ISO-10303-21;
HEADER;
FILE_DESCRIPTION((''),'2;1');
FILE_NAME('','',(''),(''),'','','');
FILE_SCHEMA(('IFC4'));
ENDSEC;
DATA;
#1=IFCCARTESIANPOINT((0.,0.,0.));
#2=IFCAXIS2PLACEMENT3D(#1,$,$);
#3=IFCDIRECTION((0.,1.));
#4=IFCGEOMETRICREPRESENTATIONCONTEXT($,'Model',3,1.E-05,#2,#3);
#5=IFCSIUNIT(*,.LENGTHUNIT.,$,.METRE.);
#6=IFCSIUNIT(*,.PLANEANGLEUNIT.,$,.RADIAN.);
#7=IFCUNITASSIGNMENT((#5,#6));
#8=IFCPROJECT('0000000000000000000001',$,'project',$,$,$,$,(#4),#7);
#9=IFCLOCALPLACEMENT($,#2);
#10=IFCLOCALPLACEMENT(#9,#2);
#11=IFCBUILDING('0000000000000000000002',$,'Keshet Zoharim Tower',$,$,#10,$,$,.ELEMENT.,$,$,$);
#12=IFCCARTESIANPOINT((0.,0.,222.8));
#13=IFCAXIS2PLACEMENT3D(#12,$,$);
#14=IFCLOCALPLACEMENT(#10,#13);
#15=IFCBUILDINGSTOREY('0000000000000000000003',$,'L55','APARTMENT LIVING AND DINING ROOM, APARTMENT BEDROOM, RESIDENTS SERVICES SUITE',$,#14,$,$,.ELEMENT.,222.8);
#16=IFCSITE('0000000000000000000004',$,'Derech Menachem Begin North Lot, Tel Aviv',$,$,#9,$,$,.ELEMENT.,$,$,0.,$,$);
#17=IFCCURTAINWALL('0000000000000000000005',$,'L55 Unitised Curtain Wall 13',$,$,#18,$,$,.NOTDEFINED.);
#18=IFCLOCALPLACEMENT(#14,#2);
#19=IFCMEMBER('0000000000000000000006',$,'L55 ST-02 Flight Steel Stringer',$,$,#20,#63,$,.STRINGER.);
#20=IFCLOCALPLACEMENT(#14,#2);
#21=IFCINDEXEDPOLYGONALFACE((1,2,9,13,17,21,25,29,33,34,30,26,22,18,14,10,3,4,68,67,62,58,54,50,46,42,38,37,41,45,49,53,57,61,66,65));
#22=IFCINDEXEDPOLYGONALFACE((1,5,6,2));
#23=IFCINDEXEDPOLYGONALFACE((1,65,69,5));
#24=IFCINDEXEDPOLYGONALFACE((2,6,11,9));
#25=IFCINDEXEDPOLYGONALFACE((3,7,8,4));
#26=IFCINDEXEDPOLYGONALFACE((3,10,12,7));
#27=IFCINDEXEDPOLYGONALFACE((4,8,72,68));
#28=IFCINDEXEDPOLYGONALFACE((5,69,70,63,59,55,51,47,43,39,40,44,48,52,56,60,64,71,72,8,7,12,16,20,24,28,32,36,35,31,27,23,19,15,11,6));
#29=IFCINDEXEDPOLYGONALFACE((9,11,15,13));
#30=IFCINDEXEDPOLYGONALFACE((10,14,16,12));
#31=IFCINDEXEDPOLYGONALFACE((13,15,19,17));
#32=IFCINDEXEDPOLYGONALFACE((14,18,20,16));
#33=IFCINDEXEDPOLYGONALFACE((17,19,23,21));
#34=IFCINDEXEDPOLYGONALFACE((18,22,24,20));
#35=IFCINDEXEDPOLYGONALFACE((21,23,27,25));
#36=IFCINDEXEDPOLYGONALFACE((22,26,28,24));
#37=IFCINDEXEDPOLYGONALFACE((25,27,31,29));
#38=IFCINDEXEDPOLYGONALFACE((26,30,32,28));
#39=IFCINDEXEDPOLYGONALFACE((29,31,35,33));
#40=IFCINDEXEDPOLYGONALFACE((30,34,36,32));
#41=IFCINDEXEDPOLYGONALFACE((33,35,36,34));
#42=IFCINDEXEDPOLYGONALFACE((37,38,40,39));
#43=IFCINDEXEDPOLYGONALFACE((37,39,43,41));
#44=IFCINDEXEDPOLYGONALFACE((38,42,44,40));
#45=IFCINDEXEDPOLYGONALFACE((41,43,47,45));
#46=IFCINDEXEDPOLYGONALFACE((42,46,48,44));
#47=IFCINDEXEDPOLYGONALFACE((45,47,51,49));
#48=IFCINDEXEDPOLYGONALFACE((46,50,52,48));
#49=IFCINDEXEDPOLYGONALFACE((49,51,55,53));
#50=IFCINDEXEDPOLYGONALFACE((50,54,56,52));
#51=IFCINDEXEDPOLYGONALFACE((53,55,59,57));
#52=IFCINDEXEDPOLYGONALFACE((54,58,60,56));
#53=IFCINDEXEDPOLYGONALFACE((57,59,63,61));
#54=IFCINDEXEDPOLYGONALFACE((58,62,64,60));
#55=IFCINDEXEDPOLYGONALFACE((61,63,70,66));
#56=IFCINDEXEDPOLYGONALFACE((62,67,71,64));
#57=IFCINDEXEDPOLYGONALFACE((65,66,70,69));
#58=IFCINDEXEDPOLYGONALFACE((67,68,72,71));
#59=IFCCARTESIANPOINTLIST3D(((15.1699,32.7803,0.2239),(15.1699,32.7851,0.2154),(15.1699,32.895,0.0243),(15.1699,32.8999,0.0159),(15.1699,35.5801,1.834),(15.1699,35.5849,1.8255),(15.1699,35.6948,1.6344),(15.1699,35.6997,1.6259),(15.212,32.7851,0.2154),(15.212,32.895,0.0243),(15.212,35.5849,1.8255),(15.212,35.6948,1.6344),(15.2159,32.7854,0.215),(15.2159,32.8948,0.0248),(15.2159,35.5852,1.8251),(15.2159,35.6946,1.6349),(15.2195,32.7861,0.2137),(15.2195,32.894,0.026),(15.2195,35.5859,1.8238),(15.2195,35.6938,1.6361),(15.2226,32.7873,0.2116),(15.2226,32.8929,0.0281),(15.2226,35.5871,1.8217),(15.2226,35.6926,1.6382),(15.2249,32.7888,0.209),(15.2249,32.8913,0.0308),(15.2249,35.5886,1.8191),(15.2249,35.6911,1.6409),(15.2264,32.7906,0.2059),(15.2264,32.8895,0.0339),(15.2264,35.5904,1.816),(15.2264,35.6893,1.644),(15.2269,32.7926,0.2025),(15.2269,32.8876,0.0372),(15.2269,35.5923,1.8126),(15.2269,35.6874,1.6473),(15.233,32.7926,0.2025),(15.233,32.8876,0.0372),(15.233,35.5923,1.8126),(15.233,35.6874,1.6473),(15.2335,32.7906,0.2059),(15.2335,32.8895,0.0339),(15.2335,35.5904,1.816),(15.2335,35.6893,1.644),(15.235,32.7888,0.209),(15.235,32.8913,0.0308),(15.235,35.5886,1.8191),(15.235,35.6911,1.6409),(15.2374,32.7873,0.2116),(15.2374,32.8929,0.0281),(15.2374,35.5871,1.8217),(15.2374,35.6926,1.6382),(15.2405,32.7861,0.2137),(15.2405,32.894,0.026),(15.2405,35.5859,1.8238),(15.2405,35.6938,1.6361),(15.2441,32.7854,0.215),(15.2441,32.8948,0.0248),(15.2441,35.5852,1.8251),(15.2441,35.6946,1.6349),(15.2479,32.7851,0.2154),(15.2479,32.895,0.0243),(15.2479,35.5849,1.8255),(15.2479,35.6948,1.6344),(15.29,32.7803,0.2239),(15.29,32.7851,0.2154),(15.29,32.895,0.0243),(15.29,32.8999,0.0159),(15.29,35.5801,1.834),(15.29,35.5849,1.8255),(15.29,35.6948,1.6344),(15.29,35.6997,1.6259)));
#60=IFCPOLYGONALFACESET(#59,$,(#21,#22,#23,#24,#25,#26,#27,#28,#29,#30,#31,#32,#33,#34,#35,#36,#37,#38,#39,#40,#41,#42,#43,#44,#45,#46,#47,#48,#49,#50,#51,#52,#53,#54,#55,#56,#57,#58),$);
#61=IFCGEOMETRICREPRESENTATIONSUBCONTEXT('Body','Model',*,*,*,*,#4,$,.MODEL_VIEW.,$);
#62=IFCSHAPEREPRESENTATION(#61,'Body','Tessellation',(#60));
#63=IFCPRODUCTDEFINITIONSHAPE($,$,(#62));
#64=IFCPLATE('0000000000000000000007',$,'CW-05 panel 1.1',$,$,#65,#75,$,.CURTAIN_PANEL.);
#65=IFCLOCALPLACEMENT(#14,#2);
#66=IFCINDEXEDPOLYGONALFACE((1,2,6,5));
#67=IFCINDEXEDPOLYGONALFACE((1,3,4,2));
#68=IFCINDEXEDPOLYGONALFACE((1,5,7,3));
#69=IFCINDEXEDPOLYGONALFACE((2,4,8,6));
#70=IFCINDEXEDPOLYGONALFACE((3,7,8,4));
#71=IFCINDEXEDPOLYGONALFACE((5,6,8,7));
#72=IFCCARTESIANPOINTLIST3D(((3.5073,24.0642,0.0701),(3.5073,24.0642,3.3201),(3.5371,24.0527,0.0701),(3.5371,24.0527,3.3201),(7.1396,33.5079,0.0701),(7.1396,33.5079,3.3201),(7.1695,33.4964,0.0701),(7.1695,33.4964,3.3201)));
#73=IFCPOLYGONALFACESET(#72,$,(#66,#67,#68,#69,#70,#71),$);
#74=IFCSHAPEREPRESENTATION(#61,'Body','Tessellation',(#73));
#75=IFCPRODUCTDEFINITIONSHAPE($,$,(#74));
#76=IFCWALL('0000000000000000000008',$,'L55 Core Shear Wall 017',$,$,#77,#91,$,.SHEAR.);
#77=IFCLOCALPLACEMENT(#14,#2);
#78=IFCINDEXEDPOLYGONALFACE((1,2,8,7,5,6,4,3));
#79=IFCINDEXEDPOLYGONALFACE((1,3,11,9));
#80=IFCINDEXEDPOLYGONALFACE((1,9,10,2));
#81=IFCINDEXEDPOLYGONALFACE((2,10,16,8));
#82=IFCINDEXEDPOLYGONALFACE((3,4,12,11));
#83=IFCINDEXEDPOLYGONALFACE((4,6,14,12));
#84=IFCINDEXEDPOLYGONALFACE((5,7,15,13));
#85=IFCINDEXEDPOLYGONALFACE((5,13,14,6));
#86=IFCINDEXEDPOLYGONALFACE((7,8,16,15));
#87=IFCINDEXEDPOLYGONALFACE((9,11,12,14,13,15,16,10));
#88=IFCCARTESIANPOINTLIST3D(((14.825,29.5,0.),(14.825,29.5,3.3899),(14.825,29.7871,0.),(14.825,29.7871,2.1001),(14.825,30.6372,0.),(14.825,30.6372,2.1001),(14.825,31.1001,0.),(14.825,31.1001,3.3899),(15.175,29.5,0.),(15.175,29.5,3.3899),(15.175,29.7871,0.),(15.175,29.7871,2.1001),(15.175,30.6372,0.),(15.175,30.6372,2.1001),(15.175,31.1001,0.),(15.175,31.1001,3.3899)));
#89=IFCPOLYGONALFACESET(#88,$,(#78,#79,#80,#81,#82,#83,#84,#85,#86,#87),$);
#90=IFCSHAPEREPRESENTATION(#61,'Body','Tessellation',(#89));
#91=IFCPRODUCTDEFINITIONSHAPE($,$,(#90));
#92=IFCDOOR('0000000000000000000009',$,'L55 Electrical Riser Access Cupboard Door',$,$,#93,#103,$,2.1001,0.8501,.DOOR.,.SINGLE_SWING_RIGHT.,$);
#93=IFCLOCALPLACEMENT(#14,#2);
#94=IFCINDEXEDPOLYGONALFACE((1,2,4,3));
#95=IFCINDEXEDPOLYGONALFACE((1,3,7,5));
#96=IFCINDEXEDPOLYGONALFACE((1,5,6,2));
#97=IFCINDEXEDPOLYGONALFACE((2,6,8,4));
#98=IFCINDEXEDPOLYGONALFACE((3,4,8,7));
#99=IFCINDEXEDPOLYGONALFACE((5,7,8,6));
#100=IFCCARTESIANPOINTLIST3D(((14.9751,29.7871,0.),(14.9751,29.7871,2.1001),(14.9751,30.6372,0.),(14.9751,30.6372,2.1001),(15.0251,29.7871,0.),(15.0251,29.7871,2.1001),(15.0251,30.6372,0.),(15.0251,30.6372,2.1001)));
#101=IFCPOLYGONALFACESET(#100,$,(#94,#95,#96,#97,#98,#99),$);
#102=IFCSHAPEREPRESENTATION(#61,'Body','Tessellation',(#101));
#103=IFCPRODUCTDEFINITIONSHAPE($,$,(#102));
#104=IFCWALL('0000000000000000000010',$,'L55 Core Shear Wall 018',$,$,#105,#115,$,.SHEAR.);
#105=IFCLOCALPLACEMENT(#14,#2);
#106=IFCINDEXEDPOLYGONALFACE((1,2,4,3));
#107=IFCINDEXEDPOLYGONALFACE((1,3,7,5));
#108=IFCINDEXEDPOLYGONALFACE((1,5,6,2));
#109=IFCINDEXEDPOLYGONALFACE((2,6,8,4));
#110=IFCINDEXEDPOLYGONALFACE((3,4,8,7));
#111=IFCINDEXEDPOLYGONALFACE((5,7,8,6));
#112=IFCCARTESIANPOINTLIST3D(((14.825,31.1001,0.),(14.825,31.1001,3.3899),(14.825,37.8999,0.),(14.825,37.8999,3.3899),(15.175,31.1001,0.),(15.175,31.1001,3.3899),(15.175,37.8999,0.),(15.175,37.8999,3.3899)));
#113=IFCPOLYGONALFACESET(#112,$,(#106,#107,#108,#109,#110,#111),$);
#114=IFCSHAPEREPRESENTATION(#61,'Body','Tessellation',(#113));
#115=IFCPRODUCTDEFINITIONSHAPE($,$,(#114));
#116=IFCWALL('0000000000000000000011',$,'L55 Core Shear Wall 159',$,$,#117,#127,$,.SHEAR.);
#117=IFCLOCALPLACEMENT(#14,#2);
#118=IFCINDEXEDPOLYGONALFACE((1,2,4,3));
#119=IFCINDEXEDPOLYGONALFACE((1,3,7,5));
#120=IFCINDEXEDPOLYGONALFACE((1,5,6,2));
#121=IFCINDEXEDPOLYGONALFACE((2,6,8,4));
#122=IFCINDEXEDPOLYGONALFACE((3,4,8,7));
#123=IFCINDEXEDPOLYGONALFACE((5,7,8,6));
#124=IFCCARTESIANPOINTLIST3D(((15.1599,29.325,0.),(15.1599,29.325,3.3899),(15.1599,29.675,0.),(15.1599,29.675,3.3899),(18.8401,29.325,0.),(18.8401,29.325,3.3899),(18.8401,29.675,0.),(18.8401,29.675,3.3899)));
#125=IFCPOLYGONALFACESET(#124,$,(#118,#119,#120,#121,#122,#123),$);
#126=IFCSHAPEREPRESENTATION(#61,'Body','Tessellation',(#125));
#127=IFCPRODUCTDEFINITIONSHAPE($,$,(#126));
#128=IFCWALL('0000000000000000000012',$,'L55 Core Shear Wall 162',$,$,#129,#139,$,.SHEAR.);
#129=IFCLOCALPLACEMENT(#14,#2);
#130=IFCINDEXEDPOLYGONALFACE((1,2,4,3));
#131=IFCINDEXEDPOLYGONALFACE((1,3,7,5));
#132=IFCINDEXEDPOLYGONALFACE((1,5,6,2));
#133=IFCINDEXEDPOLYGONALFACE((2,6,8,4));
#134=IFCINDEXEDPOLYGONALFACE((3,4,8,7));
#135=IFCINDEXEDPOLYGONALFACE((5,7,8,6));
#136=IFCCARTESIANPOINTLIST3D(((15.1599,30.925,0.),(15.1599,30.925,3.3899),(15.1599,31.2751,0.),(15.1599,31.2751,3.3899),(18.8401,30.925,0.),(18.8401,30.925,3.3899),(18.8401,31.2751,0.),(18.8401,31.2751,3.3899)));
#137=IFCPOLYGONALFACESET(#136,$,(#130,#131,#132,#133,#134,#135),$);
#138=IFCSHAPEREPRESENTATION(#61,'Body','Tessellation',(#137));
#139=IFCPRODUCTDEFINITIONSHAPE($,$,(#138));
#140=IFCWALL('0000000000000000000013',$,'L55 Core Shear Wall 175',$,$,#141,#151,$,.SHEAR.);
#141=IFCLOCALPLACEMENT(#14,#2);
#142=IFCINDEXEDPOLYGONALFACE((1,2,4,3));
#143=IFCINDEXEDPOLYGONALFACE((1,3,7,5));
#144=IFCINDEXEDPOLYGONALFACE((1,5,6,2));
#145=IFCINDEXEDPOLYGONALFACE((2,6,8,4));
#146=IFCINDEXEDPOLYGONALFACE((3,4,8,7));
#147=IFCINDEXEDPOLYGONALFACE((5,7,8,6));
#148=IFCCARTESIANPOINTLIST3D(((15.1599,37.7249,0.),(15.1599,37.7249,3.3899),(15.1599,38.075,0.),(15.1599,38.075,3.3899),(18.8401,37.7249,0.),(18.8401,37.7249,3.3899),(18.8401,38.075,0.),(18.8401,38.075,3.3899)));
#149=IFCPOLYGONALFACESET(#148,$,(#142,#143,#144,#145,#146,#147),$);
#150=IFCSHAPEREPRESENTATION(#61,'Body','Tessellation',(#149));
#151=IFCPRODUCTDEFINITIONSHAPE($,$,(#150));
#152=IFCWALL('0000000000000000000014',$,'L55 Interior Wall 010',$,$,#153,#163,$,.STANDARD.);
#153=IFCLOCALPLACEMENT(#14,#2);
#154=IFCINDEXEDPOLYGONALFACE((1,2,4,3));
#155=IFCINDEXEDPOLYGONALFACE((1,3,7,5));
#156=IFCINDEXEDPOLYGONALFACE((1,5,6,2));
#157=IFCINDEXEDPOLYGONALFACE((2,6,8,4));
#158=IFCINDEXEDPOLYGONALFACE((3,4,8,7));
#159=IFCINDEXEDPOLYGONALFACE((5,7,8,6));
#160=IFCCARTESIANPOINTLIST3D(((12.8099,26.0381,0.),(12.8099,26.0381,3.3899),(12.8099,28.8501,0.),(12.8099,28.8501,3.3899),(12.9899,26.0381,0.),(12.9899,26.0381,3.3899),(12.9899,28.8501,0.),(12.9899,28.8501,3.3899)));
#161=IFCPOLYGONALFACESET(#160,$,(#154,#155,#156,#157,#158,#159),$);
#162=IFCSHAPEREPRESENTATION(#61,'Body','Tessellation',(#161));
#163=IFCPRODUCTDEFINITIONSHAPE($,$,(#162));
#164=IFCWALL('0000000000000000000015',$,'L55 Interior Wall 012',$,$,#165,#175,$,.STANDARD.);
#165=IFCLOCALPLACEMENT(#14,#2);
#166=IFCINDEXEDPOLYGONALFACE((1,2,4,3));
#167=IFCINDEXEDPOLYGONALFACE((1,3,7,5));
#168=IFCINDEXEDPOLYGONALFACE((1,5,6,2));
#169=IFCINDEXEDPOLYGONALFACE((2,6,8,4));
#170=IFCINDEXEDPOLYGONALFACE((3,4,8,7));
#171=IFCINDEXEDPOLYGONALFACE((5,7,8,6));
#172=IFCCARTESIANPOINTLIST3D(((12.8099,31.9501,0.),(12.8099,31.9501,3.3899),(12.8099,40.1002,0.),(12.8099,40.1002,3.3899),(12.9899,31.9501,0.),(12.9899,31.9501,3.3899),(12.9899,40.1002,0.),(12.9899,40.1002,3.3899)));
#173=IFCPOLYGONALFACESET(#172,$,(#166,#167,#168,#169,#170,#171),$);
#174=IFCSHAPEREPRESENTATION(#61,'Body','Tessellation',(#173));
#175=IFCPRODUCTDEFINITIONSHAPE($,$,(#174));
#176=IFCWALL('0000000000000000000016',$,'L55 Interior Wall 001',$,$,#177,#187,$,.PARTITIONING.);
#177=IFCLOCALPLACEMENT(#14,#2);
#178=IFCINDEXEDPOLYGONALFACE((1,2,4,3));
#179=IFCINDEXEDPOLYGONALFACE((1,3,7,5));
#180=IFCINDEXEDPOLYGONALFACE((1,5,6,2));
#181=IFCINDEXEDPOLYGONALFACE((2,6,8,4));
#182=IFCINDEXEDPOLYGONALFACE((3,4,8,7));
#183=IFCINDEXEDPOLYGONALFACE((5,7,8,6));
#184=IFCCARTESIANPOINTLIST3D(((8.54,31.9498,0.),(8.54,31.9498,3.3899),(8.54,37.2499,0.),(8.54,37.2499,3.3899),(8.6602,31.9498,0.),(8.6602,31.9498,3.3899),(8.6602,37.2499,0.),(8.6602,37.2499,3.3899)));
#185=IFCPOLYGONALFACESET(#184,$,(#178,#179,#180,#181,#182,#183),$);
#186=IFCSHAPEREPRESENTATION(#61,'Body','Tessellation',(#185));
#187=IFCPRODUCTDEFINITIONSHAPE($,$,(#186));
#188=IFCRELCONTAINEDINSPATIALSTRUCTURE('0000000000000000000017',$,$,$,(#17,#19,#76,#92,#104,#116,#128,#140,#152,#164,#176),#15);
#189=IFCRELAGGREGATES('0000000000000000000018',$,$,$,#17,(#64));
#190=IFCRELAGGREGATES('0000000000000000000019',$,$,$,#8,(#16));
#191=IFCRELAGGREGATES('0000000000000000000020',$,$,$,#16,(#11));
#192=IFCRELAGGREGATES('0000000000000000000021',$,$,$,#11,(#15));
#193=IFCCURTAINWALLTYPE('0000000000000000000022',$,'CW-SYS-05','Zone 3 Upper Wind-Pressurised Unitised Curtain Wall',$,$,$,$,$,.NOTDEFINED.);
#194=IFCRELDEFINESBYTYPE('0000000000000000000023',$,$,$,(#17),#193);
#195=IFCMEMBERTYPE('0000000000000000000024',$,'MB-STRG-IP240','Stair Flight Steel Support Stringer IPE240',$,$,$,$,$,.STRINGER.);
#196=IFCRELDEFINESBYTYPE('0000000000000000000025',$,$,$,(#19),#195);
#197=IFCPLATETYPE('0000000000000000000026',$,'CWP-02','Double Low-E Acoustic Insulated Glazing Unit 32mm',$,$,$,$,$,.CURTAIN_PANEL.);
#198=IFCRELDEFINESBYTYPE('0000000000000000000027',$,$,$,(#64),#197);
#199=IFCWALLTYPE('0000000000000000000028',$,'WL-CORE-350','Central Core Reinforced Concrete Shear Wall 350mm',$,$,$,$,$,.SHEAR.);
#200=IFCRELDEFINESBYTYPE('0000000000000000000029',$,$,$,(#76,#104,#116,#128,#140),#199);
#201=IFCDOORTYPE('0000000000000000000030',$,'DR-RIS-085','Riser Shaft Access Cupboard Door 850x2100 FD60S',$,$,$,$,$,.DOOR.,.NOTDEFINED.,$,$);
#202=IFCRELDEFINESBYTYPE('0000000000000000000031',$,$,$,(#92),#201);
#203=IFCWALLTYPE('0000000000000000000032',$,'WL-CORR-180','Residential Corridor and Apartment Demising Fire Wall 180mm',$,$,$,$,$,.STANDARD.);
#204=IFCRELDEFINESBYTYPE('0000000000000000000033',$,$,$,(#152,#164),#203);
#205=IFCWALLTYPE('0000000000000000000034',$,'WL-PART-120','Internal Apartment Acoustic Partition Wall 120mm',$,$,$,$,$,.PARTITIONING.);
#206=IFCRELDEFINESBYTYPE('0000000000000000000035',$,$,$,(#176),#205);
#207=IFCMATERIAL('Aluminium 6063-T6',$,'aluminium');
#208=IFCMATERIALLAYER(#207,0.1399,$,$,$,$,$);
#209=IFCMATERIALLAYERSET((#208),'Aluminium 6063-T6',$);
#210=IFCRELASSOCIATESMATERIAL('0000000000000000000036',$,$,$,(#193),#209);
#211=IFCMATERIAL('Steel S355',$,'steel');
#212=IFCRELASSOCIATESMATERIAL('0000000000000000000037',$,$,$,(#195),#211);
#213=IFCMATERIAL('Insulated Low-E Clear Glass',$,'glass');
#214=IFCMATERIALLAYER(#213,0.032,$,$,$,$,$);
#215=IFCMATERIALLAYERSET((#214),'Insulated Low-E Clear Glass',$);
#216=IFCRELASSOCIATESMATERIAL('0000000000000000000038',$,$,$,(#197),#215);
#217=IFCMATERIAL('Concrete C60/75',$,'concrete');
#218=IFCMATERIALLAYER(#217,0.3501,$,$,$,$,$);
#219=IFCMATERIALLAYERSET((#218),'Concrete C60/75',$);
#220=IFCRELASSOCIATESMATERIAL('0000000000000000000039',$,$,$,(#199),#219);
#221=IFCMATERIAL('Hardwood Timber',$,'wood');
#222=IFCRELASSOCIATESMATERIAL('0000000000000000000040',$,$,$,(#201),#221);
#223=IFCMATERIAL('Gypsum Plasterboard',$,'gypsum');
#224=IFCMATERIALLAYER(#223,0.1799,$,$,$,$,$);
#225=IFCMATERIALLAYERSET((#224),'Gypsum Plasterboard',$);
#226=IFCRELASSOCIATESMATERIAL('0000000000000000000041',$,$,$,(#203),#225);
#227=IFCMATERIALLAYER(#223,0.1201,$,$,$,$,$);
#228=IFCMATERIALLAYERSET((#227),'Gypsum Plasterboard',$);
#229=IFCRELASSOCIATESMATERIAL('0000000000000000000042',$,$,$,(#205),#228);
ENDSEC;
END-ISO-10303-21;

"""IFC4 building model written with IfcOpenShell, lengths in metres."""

from ifc_helpers import new_model, si_unit, direction, frame, frame_2d, origin, origin_2d, place, context, subcontext, project, spatial, rectangle, i_section, extrude, material, layer, layer_set, material_profile, profile_set, type_object, element, fill, aggregate, save


model = new_model("IFC4")

# Units and contexts
model_context = context("Model", 3, precision=1e-05, world=origin(), true_north=direction((0.0, 1.0)))
body_context = subcontext(model_context, "Body", "Model", "MODEL_VIEW")
ifc_project = project(units=[si_unit("LENGTHUNIT", "METRE"), si_unit("PLANEANGLEUNIT", "RADIAN")], contexts=[model_context])

# Site, building, storey
site_placement = place(None, origin())
site = spatial("IfcSite", under=ifc_project, at=site_placement, Name="Derech Menachem Begin North Lot, Tel Aviv", CompositionType="ELEMENT", RefElevation=0.0)
building_placement = place(site_placement, origin())
building = spatial("IfcBuilding", under=site, at=building_placement, Name="Keshet Zoharim Tower", CompositionType="ELEMENT")
storey_placement = place(building_placement, frame((0.0, 0.0, 222.8)))
storey = spatial("IfcBuildingStorey", under=building, at=storey_placement, Name="L55", Description="APARTMENT LIVING AND DINING ROOM, APARTMENT BEDROOM, RESIDENTS SERVICES SUITE", CompositionType="ELEMENT", Elevation=222.8)

# Shared definitions
ifc_material_1 = material(Name="Steel S355", Category="steel")

# Curtain wall
ifc_material_2 = material(Name="Aluminium 6063-T6", Category="aluminium")
ifc_layer_1 = layer(ifc_material_2, 0.1399)
ifc_layer_set_1 = layer_set([ifc_layer_1], Name="Aluminium 6063-T6")
curtain_wall_type = type_object("IfcCurtainWallType", Name="CW-SYS-05", Description="Zone 3 Upper Wind-Pressurised Unitised Curtain Wall", PredefinedType="NOTDEFINED", material=ifc_layer_set_1)
curtain_wall_placement = place(storey_placement, origin())
curtain_wall = element("IfcCurtainWall", 1, at=curtain_wall_placement, inside=storey, type_object=curtain_wall_type, Name="L55 Unitised Curtain Wall 13", PredefinedType="NOTDEFINED")

# Member
ifc_material_profile_1 = material_profile(ifc_material_1, i_section(OverallWidth=0.1201, OverallDepth=0.24, WebThickness=0.0061, FlangeThickness=0.0098, FilletRadius=0.0149, at=origin_2d()), Name="IPE240")
ifc_profile_set_1 = profile_set([ifc_material_profile_1], Name="Steel S355")
member_type_1 = type_object("IfcMemberType", Name="MB-STRG-IP240", Description="Stair Flight Steel Support Stringer IPE240", PredefinedType="STRINGER", material=ifc_profile_set_1)
member_1_placement = place(storey_placement, frame((15.23, 32.8401, 0.1199), z_axis=(0.0, 0.866877, 0.498522), x_axis=(-1.0, 0.0, 0.0)))
element("IfcMember", 2, at=member_1_placement, inside=storey, type_object=member_type_1, Name="L55 ST-02 Flight Steel Stringer", PredefinedType="STRINGER", context=body_context, shape_type="SweptSolid", body=[
    extrude(i_section(OverallWidth=0.1201, OverallDepth=0.24, WebThickness=0.0061, FlangeThickness=0.0098, FilletRadius=0.0149, at=origin_2d()), origin(), (0.0, 0.0, 1.0), 3.2297),
])

# Plate
ifc_material_3 = material(Name="Insulated Low-E Clear Glass", Category="glass")
ifc_layer_2 = layer(ifc_material_3, 0.032)
ifc_layer_set_2 = layer_set([ifc_layer_2], Name="Insulated Low-E Clear Glass")
plate_type = type_object("IfcPlateType", Name="CWP-02", Description="Double Low-E Acoustic Insulated Glazing Unit 32mm", PredefinedType="CURTAIN_PANEL", material=ifc_layer_set_2)
plate_placement = place(storey_placement, frame((5.3384, 28.7803, 0.0701), z_axis=(0.0, 0.0, 1.0), x_axis=(0.35899, 0.933341, 0.0)))
plate = element("IfcPlate", 3, at=plate_placement, type_object=plate_type, Name="CW-05 panel 1.1", PredefinedType="CURTAIN_PANEL", context=body_context, shape_type="SweptSolid", body=[
    extrude(rectangle(XDim=10.1182, YDim=0.032, at=origin_2d()), origin(), (0.0, 0.0, 1.0), 3.25),
])
aggregate(curtain_wall, [plate])

# Wall, opening, door
ifc_material_4 = material(Name="Concrete C60/75", Category="concrete")
ifc_layer_3 = layer(ifc_material_4, 0.3501)
ifc_layer_set_3 = layer_set([ifc_layer_3], Name="Concrete C60/75")
wall_type_1 = type_object("IfcWallType", Name="WL-CORE-350", Description="Central Core Reinforced Concrete Shear Wall 350mm", PredefinedType="SHEAR", material=ifc_layer_set_3)
wall_1_placement = place(storey_placement, frame((15.0, 29.5, 0.0), z_axis=(0.0, 0.0, 1.0), x_axis=(0.0, 1.0, 0.0)))
wall_1 = element("IfcWall", 4, at=wall_1_placement, inside=storey, type_object=wall_type_1, Name="L55 Core Shear Wall 017", PredefinedType="SHEAR", context=body_context, shape_type="SweptSolid", body=[
    extrude(rectangle(XDim=1.6001, YDim=0.3501, at=frame_2d((0.8, 0.0))), origin(), (0.0, 0.0, 1.0), 3.3899),
])
opening_1_placement = place(wall_1_placement, frame((0.2871, 0.0, 0.0)))
opening_1 = element("IfcOpeningElement", 5, at=opening_1_placement, cuts=wall_1, PredefinedType="OPENING", context=body_context, shape_type="SweptSolid", body=[
    extrude(rectangle(XDim=0.8501, YDim=2.1001, at=frame_2d((0.425, 1.05))), frame((0.0, 0.1851, 0.0), z_axis=(0.0, -1.0, 0.0), x_axis=(1.0, 0.0, 0.0)), (0.0, 0.0, 1.0), 0.3701),
])
ifc_material_5 = material(Name="Hardwood Timber", Category="wood")
door_type_1 = type_object("IfcDoorType", Name="DR-RIS-085", Description="Riser Shaft Access Cupboard Door 850x2100 FD60S", OperationType="NOTDEFINED", PredefinedType="DOOR", material=ifc_material_5)
door_1_placement = place(opening_1_placement, origin())
door_1 = element("IfcDoor", 6, at=door_1_placement, inside=storey, type_object=door_type_1, Name="L55 Electrical Riser Access Cupboard Door", OperationType="SINGLE_SWING_RIGHT", OverallHeight=2.1001, OverallWidth=0.8501, PredefinedType="DOOR", context=body_context, shape_type="SweptSolid", body=[
    extrude(rectangle(XDim=0.8501, YDim=2.1001, at=frame_2d((0.425, 1.05))), frame((0.0, 0.0249, 0.0), z_axis=(0.0, -1.0, 0.0), x_axis=(1.0, 0.0, 0.0)), (0.0, 0.0, 1.0), 0.05),
])
fill(opening_1, door_1)

# Walls
wall_2_placement = place(storey_placement, frame((15.0, 31.1001, 0.0), z_axis=(0.0, 0.0, 1.0), x_axis=(0.0, 1.0, 0.0)))
element("IfcWall", 7, at=wall_2_placement, inside=storey, type_object=wall_type_1, Name="L55 Core Shear Wall 018", PredefinedType="SHEAR", context=body_context, shape_type="SweptSolid", body=[
    extrude(rectangle(XDim=6.7998, YDim=0.3501, at=frame_2d((3.3999, 0.0))), origin(), (0.0, 0.0, 1.0), 3.3899),
])
for number, where, z_axis, x_axis, name in (
    (8, (15.1599, 29.5, 0.0), (0.0, 0.0, 1.0), (1.0, 0.0, 0.0), "L55 Core Shear Wall 159"),
    (9, (15.1599, 31.1001, 0.0), (0.0, 0.0, 1.0), (1.0, 0.0, 0.0), "L55 Core Shear Wall 162"),
    (10, (15.1599, 37.8999, 0.0), (0.0, 0.0, 1.0), (1.0, 0.0, 0.0), "L55 Core Shear Wall 175"),
):
    element("IfcWall", number, at=place(storey_placement, frame(where, z_axis=z_axis, x_axis=x_axis)), inside=storey, type_object=wall_type_1, Name=name, PredefinedType="SHEAR", context=body_context, shape_type="SweptSolid", body=[
        extrude(rectangle(XDim=3.6802, YDim=0.3501, at=frame_2d((1.8401, 0.0))), origin(), (0.0, 0.0, 1.0), 3.3899),
    ])
ifc_material_6 = material(Name="Gypsum Plasterboard", Category="gypsum")
ifc_layer_4 = layer(ifc_material_6, 0.1799)
ifc_layer_set_4 = layer_set([ifc_layer_4], Name="Gypsum Plasterboard")
wall_type_2 = type_object("IfcWallType", Name="WL-CORR-180", Description="Residential Corridor and Apartment Demising Fire Wall 180mm", PredefinedType="STANDARD", material=ifc_layer_set_4)
wall_3_placement = place(storey_placement, frame((12.8999, 26.0381, 0.0), z_axis=(0.0, 0.0, 1.0), x_axis=(0.0, 1.0, 0.0)))
element("IfcWall", 11, at=wall_3_placement, inside=storey, type_object=wall_type_2, Name="L55 Interior Wall 010", PredefinedType="STANDARD", context=body_context, shape_type="SweptSolid", body=[
    extrude(rectangle(XDim=2.812, YDim=0.1799, at=frame_2d((1.406, 0.0))), origin(), (0.0, 0.0, 1.0), 3.3899),
])

# Walls
wall_4_placement = place(storey_placement, frame((12.8999, 31.95, 0.0), z_axis=(0.0, 0.0, 1.0), x_axis=(0.0, 1.0, 0.0)))
element("IfcWall", 12, at=wall_4_placement, inside=storey, type_object=wall_type_2, Name="L55 Interior Wall 012", PredefinedType="STANDARD", context=body_context, shape_type="SweptSolid", body=[
    extrude(rectangle(XDim=8.1501, YDim=0.1799, at=frame_2d((4.0752, 0.0))), origin(), (0.0, 0.0, 1.0), 3.3899),
])
ifc_layer_5 = layer(ifc_material_6, 0.1201)
ifc_layer_set_5 = layer_set([ifc_layer_5], Name="Gypsum Plasterboard")
wall_type_3 = type_object("IfcWallType", Name="WL-PART-120", Description="Internal Apartment Acoustic Partition Wall 120mm", PredefinedType="PARTITIONING", material=ifc_layer_set_5)
wall_5_placement = place(storey_placement, frame((8.6001, 31.95, 0.0), z_axis=(0.0, 0.0, 1.0), x_axis=(0.0, 1.0, 0.0)))
element("IfcWall", 13, at=wall_5_placement, inside=storey, type_object=wall_type_3, Name="L55 Interior Wall 001", PredefinedType="PARTITIONING", context=body_context, shape_type="SweptSolid", body=[
    extrude(rectangle(XDim=5.3, YDim=0.1201, at=frame_2d((2.6499, 0.0))), origin(), (0.0, 0.0, 1.0), 3.3899),
])

save(model, "model.ifc")
